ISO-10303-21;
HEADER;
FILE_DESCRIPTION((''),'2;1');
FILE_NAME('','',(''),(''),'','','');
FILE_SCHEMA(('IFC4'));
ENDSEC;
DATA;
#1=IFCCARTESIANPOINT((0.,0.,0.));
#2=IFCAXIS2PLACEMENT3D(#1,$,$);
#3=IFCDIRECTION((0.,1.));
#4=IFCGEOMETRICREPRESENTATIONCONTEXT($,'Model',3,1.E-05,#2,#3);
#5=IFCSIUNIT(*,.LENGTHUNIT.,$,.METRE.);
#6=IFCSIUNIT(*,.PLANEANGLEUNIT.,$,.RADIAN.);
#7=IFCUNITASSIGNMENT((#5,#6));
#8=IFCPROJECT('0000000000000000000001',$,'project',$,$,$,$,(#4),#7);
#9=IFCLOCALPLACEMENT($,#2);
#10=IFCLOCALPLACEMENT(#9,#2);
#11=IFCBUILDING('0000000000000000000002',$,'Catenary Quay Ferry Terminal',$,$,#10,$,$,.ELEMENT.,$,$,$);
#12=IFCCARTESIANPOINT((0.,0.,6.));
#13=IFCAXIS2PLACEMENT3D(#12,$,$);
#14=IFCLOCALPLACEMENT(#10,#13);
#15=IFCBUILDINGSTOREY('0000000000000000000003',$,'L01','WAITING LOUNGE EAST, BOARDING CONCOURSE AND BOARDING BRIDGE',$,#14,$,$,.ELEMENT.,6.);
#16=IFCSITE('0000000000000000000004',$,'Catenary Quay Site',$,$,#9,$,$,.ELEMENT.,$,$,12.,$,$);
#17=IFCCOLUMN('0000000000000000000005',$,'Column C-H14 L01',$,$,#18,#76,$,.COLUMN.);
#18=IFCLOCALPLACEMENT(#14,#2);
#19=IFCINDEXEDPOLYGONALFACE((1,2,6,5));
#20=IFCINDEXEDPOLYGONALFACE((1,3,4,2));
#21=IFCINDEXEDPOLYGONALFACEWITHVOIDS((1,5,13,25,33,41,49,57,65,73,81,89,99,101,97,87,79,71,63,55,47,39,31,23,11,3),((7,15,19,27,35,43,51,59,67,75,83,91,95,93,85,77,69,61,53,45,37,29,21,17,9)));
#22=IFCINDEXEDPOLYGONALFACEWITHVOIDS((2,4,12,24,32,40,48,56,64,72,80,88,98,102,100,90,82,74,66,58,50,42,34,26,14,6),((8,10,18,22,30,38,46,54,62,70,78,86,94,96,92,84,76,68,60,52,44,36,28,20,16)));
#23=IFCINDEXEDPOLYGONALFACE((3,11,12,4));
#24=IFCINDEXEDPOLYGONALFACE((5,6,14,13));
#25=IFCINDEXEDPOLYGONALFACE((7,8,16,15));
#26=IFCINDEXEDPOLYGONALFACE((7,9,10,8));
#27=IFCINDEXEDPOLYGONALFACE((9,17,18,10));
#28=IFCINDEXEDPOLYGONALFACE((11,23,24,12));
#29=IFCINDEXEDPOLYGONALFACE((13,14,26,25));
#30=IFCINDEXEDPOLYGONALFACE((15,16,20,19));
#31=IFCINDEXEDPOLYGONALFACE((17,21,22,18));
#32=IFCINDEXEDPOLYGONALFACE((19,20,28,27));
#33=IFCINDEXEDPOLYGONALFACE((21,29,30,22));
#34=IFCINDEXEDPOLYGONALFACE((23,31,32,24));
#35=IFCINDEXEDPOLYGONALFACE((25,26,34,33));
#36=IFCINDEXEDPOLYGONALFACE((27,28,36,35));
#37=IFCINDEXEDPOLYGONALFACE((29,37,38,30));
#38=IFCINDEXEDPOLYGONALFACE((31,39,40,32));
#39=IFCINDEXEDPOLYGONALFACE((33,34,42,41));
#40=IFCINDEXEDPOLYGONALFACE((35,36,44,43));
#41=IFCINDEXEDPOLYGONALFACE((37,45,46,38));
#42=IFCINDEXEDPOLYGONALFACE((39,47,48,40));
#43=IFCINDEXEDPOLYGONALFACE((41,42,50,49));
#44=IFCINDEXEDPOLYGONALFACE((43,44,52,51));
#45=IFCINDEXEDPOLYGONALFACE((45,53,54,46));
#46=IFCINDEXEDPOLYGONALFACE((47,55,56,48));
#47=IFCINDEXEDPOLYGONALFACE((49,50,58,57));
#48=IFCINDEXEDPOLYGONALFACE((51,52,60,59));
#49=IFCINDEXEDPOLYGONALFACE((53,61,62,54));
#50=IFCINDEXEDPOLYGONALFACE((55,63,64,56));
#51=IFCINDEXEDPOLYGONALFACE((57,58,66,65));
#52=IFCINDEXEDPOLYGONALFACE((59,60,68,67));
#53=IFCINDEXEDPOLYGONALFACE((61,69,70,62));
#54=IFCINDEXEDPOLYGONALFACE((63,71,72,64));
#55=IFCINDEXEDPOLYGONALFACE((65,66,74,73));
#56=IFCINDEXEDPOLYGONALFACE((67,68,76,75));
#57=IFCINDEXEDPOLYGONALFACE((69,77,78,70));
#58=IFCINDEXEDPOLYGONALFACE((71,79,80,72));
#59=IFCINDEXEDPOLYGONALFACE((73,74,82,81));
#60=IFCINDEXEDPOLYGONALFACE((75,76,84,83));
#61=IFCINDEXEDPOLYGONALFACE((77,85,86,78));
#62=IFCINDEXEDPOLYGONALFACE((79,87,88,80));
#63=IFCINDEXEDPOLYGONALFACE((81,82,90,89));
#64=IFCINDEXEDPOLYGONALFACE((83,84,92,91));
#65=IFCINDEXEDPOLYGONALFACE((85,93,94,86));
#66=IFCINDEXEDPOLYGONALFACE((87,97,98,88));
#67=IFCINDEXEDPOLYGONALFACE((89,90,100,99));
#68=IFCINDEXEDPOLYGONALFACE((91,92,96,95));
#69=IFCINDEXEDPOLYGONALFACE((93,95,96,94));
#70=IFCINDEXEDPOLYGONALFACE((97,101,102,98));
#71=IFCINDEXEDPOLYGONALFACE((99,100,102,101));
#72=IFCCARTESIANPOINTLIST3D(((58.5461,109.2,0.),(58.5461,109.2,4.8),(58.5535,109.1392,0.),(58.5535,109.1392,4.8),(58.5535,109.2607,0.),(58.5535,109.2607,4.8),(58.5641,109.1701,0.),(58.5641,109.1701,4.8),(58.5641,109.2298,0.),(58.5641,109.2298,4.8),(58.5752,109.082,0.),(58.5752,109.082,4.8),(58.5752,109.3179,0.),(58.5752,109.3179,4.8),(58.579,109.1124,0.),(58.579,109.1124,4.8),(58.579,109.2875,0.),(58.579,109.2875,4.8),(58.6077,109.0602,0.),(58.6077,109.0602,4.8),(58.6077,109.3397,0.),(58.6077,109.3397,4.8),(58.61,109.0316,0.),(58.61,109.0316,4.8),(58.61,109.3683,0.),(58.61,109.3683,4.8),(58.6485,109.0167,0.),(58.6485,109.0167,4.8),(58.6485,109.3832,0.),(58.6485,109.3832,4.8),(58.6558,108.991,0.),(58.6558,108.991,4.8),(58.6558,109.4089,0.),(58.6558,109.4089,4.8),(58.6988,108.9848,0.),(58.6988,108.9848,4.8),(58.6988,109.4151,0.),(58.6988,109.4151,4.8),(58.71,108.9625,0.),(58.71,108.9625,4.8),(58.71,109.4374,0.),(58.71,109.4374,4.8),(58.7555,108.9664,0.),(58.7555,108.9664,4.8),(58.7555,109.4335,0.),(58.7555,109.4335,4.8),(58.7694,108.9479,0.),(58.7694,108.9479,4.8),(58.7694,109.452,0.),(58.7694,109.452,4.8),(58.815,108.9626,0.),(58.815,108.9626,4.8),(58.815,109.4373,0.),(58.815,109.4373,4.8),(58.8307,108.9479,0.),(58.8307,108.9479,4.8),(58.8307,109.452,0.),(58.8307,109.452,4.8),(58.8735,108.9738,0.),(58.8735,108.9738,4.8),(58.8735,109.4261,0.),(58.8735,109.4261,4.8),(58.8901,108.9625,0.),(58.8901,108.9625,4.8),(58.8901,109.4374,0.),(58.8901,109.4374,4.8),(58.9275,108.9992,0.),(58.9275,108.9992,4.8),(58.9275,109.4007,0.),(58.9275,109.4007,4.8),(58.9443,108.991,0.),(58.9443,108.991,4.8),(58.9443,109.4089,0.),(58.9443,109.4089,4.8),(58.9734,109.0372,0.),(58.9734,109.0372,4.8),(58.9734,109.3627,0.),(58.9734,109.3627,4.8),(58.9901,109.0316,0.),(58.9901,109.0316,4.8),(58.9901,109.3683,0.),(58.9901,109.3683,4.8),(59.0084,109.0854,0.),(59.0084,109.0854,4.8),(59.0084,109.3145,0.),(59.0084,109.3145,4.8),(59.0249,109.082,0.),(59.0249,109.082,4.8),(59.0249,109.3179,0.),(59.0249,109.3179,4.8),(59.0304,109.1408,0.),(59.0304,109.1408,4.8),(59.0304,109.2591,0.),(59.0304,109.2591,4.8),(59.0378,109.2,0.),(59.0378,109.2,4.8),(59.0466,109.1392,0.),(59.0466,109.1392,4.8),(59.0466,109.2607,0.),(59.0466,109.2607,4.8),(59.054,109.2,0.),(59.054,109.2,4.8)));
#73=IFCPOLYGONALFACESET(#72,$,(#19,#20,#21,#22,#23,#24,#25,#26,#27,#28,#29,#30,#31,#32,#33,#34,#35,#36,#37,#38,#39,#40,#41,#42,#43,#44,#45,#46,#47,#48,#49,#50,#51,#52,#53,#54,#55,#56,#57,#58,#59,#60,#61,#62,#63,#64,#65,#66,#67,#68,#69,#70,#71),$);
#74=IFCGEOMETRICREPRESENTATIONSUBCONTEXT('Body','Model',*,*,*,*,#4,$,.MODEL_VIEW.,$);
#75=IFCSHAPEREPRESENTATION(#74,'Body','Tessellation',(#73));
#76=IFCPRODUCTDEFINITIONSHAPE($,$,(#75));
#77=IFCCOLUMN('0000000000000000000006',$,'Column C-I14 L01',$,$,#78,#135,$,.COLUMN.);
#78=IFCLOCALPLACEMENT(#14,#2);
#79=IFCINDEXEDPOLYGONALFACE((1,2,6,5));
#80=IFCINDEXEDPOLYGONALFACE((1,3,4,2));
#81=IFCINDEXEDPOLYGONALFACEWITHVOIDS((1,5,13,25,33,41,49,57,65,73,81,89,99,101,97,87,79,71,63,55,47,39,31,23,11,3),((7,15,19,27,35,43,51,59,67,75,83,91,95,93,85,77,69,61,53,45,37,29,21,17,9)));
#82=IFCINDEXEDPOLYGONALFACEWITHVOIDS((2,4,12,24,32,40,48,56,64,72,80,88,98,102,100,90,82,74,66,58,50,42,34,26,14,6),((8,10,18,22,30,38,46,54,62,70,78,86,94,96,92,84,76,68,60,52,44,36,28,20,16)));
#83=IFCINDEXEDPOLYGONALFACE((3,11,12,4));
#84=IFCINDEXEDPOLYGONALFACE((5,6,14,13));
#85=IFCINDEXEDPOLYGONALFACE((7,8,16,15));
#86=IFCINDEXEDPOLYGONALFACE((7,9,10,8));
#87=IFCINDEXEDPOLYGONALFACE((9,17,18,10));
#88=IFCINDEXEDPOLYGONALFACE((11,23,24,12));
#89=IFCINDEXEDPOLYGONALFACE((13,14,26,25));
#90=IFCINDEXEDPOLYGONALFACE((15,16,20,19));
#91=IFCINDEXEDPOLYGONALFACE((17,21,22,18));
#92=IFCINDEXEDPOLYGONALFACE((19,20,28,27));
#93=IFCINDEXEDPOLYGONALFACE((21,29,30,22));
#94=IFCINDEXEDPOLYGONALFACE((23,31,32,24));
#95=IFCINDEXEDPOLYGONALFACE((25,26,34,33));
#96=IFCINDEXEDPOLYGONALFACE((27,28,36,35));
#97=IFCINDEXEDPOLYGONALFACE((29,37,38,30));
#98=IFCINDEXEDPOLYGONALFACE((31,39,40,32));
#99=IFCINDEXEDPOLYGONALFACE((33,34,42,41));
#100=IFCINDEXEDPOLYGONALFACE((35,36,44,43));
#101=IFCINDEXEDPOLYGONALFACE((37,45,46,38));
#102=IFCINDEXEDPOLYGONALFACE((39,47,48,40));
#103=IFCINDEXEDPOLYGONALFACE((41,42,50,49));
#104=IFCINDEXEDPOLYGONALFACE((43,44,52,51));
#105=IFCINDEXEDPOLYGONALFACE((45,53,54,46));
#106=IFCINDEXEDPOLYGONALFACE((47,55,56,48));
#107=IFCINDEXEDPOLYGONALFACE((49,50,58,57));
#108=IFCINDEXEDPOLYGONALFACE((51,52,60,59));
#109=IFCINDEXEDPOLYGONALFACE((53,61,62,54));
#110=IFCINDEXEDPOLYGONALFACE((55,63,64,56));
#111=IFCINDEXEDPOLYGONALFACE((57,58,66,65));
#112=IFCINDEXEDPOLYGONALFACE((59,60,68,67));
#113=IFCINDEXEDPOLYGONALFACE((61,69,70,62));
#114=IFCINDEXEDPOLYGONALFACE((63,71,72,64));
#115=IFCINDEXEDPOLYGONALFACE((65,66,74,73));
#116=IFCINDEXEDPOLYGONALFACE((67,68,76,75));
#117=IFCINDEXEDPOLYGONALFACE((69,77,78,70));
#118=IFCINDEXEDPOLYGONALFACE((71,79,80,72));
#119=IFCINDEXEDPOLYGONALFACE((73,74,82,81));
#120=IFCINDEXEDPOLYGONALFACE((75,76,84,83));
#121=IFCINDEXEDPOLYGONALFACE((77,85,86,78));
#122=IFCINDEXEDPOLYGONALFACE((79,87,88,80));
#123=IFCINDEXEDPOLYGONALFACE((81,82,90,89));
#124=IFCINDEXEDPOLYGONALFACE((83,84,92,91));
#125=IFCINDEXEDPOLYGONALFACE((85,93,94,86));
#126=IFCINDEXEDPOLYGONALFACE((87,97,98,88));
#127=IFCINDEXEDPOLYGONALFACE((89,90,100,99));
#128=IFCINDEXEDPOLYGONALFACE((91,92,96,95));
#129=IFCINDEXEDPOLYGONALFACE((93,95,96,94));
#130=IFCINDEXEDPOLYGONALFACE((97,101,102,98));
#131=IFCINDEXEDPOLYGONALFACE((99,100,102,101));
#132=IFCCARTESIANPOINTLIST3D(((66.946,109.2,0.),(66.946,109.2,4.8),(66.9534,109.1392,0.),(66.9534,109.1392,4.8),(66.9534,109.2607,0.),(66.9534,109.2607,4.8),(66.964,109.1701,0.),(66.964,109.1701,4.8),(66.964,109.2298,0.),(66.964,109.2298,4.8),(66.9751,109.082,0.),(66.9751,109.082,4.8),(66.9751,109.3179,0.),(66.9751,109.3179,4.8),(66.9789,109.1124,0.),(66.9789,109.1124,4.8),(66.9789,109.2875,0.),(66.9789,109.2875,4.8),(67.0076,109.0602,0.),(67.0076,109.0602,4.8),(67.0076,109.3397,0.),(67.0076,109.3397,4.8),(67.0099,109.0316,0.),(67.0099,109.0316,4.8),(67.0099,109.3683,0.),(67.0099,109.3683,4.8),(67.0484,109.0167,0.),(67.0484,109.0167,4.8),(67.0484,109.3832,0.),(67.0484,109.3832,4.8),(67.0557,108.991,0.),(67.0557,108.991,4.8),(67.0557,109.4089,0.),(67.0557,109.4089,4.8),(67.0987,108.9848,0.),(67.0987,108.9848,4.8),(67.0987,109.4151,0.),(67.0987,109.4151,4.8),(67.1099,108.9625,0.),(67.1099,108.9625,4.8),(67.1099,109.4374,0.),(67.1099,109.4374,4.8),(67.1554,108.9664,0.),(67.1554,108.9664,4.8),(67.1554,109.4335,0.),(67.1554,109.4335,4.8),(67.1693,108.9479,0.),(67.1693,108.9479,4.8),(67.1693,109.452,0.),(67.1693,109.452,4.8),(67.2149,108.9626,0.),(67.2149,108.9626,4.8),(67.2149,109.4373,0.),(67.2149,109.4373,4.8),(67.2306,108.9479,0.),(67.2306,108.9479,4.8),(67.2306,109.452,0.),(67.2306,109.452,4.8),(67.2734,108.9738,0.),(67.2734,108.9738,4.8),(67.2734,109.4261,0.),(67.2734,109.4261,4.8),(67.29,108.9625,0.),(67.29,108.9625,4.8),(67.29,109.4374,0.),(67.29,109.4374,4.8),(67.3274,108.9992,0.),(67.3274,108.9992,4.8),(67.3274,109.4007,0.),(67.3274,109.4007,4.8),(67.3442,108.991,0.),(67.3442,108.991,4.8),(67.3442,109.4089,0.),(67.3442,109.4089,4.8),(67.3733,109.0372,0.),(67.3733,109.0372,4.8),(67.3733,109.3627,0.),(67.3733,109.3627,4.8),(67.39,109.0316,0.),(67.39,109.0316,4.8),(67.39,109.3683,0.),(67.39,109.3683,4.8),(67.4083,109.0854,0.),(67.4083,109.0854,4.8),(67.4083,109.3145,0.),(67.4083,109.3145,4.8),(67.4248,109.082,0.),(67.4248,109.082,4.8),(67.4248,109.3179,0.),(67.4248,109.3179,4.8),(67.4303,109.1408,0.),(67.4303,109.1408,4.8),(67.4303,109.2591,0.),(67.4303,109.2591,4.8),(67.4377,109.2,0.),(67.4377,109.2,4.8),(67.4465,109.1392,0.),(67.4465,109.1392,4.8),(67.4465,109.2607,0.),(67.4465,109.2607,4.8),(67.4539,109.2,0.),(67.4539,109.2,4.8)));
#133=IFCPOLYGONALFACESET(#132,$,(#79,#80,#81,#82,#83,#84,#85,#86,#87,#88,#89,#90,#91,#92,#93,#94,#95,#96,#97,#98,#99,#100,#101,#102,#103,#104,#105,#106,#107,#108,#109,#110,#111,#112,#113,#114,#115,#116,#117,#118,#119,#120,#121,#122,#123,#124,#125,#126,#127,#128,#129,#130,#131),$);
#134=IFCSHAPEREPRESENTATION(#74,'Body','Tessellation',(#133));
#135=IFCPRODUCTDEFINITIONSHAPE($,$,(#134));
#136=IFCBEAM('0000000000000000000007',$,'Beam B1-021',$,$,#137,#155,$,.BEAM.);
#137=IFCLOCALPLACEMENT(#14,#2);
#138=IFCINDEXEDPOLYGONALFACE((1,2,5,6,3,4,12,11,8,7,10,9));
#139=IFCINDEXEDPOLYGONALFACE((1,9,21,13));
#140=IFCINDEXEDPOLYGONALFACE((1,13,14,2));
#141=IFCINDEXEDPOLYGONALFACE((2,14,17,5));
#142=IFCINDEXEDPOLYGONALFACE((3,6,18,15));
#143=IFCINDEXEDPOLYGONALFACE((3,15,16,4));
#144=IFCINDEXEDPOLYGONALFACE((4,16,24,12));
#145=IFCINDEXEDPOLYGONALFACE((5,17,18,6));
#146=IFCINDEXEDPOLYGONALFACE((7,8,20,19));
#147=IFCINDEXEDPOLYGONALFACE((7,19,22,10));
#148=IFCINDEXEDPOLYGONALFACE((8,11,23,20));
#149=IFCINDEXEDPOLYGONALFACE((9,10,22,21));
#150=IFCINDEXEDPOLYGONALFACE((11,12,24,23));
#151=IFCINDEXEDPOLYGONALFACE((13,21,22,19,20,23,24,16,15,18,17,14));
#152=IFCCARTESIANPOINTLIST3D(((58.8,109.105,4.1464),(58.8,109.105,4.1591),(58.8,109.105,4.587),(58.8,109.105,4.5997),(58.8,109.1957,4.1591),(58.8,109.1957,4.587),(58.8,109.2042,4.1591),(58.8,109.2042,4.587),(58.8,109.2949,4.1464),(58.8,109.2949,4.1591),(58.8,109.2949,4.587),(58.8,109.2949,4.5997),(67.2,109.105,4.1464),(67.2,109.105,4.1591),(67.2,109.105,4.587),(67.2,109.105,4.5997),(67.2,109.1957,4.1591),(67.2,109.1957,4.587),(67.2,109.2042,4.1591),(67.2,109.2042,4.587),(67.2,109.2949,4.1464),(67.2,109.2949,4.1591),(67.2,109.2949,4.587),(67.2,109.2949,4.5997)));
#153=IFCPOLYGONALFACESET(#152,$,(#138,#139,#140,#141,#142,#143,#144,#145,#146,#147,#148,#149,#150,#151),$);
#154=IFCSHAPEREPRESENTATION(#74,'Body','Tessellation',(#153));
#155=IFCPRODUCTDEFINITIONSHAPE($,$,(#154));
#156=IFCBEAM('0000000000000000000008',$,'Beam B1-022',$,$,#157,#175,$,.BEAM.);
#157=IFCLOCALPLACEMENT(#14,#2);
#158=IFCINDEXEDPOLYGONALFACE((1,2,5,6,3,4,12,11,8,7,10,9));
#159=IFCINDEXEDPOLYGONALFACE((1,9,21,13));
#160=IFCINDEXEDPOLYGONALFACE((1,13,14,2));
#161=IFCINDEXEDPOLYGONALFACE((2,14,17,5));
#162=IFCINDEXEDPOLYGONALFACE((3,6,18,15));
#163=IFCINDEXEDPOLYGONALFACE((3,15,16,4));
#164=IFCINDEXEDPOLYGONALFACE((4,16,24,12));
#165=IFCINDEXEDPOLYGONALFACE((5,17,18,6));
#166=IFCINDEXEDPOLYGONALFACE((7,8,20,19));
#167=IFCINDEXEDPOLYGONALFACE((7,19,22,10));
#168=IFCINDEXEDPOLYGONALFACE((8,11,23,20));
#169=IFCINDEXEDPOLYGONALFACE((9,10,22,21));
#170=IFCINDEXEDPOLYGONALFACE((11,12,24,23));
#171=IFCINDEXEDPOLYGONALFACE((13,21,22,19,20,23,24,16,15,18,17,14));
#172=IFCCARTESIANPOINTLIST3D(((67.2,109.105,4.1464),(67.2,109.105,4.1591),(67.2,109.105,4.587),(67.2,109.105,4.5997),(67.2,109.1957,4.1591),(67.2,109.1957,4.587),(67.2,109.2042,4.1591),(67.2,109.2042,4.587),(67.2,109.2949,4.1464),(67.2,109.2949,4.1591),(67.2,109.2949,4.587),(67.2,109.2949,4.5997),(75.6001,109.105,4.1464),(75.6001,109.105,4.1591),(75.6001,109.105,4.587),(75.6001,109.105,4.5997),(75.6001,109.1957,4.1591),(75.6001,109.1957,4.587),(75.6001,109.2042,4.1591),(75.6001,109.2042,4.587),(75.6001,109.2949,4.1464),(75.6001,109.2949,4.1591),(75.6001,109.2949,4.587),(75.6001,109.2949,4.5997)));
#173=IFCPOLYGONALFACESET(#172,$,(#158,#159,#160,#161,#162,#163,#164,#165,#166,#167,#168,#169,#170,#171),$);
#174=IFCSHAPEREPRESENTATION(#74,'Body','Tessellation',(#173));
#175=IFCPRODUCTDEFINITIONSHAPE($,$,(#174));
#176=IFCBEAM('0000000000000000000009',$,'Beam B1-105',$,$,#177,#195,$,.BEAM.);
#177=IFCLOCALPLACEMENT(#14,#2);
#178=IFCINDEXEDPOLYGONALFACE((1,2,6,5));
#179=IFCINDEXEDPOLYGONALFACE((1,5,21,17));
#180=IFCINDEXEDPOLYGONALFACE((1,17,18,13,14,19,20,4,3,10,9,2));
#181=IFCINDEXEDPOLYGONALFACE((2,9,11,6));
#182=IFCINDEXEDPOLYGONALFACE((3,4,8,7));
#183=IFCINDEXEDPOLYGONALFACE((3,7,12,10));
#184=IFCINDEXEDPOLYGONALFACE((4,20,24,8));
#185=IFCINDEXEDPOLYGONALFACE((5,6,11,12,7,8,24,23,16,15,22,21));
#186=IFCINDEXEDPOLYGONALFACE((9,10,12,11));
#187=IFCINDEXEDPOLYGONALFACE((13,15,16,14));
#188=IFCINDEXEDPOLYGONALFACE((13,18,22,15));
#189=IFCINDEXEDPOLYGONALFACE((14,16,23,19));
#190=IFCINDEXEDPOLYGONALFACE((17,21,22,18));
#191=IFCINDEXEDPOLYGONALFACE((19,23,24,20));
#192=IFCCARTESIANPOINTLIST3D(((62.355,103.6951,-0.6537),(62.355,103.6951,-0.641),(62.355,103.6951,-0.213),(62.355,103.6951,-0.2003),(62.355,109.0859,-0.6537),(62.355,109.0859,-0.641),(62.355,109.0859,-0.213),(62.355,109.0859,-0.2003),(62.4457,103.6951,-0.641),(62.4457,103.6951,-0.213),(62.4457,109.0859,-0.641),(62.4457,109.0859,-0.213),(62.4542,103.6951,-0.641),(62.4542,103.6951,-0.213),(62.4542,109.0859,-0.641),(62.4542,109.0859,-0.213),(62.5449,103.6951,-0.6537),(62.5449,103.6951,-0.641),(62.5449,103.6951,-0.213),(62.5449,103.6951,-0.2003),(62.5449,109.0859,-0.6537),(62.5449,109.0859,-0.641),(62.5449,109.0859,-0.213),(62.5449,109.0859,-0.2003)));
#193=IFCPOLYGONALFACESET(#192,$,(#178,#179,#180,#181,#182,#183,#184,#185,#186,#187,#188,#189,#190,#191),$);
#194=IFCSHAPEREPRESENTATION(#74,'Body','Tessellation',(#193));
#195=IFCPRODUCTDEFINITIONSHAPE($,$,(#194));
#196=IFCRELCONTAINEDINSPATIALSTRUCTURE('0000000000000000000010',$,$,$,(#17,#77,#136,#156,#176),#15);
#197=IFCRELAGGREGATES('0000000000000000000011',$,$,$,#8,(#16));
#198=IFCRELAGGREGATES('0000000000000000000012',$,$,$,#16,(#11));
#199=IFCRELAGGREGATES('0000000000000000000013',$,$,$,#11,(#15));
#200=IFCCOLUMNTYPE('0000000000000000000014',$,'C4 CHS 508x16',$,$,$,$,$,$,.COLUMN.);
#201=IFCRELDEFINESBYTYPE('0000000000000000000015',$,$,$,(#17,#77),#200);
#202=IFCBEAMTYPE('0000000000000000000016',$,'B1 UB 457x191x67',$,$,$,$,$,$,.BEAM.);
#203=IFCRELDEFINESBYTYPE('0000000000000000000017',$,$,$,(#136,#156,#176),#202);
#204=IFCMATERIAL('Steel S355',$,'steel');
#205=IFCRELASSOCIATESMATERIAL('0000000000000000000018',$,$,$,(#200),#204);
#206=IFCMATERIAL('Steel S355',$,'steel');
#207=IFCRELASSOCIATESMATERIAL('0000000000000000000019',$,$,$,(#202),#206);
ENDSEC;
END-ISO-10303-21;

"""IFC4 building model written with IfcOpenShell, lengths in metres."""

from ifc_helpers import new_model, si_unit, direction, frame, origin, origin_2d, place, context, subcontext, project, spatial, hollow_circle, i_section, extrude, material, material_profile, profile_set, type_object, element, save


model = new_model("IFC4")

# Units and contexts
model_context = context("Model", 3, precision=1e-05, world=origin(), true_north=direction((0.0, 1.0)))
body_context = subcontext(model_context, "Body", "Model", "MODEL_VIEW")
ifc_project = project(units=[si_unit("LENGTHUNIT", "METRE"), si_unit("PLANEANGLEUNIT", "RADIAN")], contexts=[model_context])

# Site, building, storey
site_placement = place(None, origin())
site = spatial("IfcSite", under=ifc_project, at=site_placement, Name="Catenary Quay Site", CompositionType="ELEMENT", RefElevation=12.0)
building_placement = place(site_placement, origin())
building = spatial("IfcBuilding", under=site, at=building_placement, Name="Catenary Quay Ferry Terminal", CompositionType="ELEMENT")
storey_placement = place(building_placement, frame((0.0, 0.0, 6.0)))
storey = spatial("IfcBuildingStorey", under=building, at=storey_placement, Name="L01", Description="WAITING LOUNGE EAST, BOARDING CONCOURSE AND BOARDING BRIDGE", CompositionType="ELEMENT", Elevation=6.0)

# Columns
ifc_material_1 = material(Name="Steel S355", Category="steel")
ifc_material_profile_1 = material_profile(ifc_material_1, hollow_circle(Radius=0.2539, WallThickness=0.0161, at=origin_2d()), Name="CHS 508x16")
ifc_profile_set_1 = profile_set([ifc_material_profile_1], Name="Steel S355")
column_type = type_object("IfcColumnType", Name="C4 CHS 508x16", PredefinedType="COLUMN", material=ifc_profile_set_1)
for number, where, z_axis, x_axis, name in (
    (1, (58.8, 109.2, 0.0), (0.0, 0.0, 1.0), (1.0, 0.0, 0.0), "Column C-H14 L01"),
    (2, (67.2, 109.2, 0.0), (0.0, 0.0, 1.0), (1.0, 0.0, 0.0), "Column C-I14 L01"),
):
    element("IfcColumn", number, at=place(storey_placement, frame(where, z_axis=z_axis, x_axis=x_axis)), inside=storey, type_object=column_type, Name=name, PredefinedType="COLUMN", context=body_context, shape_type="SweptSolid", body=[
        extrude(hollow_circle(Radius=0.2539, WallThickness=0.0161, at=origin_2d()), origin(), (0.0, 0.0, 1.0), 4.8),
    ])

# Beams
ifc_material_2 = material(Name="Steel S355", Category="steel")
ifc_material_profile_2 = material_profile(ifc_material_2, i_section(OverallWidth=0.1899, OverallDepth=0.4534, WebThickness=0.0085, FlangeThickness=0.0127, at=origin_2d()), Name="UB 457x191x67")
ifc_profile_set_2 = profile_set([ifc_material_profile_2], Name="Steel S355")
beam_type_1 = type_object("IfcBeamType", Name="B1 UB 457x191x67", PredefinedType="BEAM", material=ifc_profile_set_2)
beam_1_placement = place(storey_placement, frame((58.8, 109.2, 4.373), z_axis=(1.0, 0.0, 0.0), x_axis=(0.0, 1.0, 0.0)))
element("IfcBeam", 3, at=beam_1_placement, inside=storey, type_object=beam_type_1, Name="Beam B1-021", PredefinedType="BEAM", context=body_context, shape_type="SweptSolid", body=[
    extrude(i_section(OverallWidth=0.1899, OverallDepth=0.4534, WebThickness=0.0085, FlangeThickness=0.0127, at=origin_2d()), origin(), (0.0, 0.0, 1.0), 8.3999),
])
beam_2_placement = place(storey_placement, frame((67.2, 109.2, 4.373), z_axis=(1.0, 0.0, 0.0), x_axis=(0.0, 1.0, 0.0)))
element("IfcBeam", 4, at=beam_2_placement, inside=storey, type_object=beam_type_1, Name="Beam B1-022", PredefinedType="BEAM", context=body_context, shape_type="SweptSolid", body=[
    extrude(i_section(OverallWidth=0.1899, OverallDepth=0.4534, WebThickness=0.0085, FlangeThickness=0.0127, at=origin_2d()), origin(), (0.0, 0.0, 1.0), 8.4001),
])
beam_3_placement = place(storey_placement, frame((62.45, 103.6951, -0.427), z_axis=(0.0, 1.0, 0.0), x_axis=(-1.0, 0.0, 0.0)))
element("IfcBeam", 5, at=beam_3_placement, inside=storey, type_object=beam_type_1, Name="Beam B1-105", PredefinedType="BEAM", context=body_context, shape_type="SweptSolid", body=[
    extrude(i_section(OverallWidth=0.1899, OverallDepth=0.4534, WebThickness=0.0085, FlangeThickness=0.0127, at=origin_2d()), origin(), (0.0, 0.0, 1.0), 5.3909),
])

save(model, "model.ifc")
